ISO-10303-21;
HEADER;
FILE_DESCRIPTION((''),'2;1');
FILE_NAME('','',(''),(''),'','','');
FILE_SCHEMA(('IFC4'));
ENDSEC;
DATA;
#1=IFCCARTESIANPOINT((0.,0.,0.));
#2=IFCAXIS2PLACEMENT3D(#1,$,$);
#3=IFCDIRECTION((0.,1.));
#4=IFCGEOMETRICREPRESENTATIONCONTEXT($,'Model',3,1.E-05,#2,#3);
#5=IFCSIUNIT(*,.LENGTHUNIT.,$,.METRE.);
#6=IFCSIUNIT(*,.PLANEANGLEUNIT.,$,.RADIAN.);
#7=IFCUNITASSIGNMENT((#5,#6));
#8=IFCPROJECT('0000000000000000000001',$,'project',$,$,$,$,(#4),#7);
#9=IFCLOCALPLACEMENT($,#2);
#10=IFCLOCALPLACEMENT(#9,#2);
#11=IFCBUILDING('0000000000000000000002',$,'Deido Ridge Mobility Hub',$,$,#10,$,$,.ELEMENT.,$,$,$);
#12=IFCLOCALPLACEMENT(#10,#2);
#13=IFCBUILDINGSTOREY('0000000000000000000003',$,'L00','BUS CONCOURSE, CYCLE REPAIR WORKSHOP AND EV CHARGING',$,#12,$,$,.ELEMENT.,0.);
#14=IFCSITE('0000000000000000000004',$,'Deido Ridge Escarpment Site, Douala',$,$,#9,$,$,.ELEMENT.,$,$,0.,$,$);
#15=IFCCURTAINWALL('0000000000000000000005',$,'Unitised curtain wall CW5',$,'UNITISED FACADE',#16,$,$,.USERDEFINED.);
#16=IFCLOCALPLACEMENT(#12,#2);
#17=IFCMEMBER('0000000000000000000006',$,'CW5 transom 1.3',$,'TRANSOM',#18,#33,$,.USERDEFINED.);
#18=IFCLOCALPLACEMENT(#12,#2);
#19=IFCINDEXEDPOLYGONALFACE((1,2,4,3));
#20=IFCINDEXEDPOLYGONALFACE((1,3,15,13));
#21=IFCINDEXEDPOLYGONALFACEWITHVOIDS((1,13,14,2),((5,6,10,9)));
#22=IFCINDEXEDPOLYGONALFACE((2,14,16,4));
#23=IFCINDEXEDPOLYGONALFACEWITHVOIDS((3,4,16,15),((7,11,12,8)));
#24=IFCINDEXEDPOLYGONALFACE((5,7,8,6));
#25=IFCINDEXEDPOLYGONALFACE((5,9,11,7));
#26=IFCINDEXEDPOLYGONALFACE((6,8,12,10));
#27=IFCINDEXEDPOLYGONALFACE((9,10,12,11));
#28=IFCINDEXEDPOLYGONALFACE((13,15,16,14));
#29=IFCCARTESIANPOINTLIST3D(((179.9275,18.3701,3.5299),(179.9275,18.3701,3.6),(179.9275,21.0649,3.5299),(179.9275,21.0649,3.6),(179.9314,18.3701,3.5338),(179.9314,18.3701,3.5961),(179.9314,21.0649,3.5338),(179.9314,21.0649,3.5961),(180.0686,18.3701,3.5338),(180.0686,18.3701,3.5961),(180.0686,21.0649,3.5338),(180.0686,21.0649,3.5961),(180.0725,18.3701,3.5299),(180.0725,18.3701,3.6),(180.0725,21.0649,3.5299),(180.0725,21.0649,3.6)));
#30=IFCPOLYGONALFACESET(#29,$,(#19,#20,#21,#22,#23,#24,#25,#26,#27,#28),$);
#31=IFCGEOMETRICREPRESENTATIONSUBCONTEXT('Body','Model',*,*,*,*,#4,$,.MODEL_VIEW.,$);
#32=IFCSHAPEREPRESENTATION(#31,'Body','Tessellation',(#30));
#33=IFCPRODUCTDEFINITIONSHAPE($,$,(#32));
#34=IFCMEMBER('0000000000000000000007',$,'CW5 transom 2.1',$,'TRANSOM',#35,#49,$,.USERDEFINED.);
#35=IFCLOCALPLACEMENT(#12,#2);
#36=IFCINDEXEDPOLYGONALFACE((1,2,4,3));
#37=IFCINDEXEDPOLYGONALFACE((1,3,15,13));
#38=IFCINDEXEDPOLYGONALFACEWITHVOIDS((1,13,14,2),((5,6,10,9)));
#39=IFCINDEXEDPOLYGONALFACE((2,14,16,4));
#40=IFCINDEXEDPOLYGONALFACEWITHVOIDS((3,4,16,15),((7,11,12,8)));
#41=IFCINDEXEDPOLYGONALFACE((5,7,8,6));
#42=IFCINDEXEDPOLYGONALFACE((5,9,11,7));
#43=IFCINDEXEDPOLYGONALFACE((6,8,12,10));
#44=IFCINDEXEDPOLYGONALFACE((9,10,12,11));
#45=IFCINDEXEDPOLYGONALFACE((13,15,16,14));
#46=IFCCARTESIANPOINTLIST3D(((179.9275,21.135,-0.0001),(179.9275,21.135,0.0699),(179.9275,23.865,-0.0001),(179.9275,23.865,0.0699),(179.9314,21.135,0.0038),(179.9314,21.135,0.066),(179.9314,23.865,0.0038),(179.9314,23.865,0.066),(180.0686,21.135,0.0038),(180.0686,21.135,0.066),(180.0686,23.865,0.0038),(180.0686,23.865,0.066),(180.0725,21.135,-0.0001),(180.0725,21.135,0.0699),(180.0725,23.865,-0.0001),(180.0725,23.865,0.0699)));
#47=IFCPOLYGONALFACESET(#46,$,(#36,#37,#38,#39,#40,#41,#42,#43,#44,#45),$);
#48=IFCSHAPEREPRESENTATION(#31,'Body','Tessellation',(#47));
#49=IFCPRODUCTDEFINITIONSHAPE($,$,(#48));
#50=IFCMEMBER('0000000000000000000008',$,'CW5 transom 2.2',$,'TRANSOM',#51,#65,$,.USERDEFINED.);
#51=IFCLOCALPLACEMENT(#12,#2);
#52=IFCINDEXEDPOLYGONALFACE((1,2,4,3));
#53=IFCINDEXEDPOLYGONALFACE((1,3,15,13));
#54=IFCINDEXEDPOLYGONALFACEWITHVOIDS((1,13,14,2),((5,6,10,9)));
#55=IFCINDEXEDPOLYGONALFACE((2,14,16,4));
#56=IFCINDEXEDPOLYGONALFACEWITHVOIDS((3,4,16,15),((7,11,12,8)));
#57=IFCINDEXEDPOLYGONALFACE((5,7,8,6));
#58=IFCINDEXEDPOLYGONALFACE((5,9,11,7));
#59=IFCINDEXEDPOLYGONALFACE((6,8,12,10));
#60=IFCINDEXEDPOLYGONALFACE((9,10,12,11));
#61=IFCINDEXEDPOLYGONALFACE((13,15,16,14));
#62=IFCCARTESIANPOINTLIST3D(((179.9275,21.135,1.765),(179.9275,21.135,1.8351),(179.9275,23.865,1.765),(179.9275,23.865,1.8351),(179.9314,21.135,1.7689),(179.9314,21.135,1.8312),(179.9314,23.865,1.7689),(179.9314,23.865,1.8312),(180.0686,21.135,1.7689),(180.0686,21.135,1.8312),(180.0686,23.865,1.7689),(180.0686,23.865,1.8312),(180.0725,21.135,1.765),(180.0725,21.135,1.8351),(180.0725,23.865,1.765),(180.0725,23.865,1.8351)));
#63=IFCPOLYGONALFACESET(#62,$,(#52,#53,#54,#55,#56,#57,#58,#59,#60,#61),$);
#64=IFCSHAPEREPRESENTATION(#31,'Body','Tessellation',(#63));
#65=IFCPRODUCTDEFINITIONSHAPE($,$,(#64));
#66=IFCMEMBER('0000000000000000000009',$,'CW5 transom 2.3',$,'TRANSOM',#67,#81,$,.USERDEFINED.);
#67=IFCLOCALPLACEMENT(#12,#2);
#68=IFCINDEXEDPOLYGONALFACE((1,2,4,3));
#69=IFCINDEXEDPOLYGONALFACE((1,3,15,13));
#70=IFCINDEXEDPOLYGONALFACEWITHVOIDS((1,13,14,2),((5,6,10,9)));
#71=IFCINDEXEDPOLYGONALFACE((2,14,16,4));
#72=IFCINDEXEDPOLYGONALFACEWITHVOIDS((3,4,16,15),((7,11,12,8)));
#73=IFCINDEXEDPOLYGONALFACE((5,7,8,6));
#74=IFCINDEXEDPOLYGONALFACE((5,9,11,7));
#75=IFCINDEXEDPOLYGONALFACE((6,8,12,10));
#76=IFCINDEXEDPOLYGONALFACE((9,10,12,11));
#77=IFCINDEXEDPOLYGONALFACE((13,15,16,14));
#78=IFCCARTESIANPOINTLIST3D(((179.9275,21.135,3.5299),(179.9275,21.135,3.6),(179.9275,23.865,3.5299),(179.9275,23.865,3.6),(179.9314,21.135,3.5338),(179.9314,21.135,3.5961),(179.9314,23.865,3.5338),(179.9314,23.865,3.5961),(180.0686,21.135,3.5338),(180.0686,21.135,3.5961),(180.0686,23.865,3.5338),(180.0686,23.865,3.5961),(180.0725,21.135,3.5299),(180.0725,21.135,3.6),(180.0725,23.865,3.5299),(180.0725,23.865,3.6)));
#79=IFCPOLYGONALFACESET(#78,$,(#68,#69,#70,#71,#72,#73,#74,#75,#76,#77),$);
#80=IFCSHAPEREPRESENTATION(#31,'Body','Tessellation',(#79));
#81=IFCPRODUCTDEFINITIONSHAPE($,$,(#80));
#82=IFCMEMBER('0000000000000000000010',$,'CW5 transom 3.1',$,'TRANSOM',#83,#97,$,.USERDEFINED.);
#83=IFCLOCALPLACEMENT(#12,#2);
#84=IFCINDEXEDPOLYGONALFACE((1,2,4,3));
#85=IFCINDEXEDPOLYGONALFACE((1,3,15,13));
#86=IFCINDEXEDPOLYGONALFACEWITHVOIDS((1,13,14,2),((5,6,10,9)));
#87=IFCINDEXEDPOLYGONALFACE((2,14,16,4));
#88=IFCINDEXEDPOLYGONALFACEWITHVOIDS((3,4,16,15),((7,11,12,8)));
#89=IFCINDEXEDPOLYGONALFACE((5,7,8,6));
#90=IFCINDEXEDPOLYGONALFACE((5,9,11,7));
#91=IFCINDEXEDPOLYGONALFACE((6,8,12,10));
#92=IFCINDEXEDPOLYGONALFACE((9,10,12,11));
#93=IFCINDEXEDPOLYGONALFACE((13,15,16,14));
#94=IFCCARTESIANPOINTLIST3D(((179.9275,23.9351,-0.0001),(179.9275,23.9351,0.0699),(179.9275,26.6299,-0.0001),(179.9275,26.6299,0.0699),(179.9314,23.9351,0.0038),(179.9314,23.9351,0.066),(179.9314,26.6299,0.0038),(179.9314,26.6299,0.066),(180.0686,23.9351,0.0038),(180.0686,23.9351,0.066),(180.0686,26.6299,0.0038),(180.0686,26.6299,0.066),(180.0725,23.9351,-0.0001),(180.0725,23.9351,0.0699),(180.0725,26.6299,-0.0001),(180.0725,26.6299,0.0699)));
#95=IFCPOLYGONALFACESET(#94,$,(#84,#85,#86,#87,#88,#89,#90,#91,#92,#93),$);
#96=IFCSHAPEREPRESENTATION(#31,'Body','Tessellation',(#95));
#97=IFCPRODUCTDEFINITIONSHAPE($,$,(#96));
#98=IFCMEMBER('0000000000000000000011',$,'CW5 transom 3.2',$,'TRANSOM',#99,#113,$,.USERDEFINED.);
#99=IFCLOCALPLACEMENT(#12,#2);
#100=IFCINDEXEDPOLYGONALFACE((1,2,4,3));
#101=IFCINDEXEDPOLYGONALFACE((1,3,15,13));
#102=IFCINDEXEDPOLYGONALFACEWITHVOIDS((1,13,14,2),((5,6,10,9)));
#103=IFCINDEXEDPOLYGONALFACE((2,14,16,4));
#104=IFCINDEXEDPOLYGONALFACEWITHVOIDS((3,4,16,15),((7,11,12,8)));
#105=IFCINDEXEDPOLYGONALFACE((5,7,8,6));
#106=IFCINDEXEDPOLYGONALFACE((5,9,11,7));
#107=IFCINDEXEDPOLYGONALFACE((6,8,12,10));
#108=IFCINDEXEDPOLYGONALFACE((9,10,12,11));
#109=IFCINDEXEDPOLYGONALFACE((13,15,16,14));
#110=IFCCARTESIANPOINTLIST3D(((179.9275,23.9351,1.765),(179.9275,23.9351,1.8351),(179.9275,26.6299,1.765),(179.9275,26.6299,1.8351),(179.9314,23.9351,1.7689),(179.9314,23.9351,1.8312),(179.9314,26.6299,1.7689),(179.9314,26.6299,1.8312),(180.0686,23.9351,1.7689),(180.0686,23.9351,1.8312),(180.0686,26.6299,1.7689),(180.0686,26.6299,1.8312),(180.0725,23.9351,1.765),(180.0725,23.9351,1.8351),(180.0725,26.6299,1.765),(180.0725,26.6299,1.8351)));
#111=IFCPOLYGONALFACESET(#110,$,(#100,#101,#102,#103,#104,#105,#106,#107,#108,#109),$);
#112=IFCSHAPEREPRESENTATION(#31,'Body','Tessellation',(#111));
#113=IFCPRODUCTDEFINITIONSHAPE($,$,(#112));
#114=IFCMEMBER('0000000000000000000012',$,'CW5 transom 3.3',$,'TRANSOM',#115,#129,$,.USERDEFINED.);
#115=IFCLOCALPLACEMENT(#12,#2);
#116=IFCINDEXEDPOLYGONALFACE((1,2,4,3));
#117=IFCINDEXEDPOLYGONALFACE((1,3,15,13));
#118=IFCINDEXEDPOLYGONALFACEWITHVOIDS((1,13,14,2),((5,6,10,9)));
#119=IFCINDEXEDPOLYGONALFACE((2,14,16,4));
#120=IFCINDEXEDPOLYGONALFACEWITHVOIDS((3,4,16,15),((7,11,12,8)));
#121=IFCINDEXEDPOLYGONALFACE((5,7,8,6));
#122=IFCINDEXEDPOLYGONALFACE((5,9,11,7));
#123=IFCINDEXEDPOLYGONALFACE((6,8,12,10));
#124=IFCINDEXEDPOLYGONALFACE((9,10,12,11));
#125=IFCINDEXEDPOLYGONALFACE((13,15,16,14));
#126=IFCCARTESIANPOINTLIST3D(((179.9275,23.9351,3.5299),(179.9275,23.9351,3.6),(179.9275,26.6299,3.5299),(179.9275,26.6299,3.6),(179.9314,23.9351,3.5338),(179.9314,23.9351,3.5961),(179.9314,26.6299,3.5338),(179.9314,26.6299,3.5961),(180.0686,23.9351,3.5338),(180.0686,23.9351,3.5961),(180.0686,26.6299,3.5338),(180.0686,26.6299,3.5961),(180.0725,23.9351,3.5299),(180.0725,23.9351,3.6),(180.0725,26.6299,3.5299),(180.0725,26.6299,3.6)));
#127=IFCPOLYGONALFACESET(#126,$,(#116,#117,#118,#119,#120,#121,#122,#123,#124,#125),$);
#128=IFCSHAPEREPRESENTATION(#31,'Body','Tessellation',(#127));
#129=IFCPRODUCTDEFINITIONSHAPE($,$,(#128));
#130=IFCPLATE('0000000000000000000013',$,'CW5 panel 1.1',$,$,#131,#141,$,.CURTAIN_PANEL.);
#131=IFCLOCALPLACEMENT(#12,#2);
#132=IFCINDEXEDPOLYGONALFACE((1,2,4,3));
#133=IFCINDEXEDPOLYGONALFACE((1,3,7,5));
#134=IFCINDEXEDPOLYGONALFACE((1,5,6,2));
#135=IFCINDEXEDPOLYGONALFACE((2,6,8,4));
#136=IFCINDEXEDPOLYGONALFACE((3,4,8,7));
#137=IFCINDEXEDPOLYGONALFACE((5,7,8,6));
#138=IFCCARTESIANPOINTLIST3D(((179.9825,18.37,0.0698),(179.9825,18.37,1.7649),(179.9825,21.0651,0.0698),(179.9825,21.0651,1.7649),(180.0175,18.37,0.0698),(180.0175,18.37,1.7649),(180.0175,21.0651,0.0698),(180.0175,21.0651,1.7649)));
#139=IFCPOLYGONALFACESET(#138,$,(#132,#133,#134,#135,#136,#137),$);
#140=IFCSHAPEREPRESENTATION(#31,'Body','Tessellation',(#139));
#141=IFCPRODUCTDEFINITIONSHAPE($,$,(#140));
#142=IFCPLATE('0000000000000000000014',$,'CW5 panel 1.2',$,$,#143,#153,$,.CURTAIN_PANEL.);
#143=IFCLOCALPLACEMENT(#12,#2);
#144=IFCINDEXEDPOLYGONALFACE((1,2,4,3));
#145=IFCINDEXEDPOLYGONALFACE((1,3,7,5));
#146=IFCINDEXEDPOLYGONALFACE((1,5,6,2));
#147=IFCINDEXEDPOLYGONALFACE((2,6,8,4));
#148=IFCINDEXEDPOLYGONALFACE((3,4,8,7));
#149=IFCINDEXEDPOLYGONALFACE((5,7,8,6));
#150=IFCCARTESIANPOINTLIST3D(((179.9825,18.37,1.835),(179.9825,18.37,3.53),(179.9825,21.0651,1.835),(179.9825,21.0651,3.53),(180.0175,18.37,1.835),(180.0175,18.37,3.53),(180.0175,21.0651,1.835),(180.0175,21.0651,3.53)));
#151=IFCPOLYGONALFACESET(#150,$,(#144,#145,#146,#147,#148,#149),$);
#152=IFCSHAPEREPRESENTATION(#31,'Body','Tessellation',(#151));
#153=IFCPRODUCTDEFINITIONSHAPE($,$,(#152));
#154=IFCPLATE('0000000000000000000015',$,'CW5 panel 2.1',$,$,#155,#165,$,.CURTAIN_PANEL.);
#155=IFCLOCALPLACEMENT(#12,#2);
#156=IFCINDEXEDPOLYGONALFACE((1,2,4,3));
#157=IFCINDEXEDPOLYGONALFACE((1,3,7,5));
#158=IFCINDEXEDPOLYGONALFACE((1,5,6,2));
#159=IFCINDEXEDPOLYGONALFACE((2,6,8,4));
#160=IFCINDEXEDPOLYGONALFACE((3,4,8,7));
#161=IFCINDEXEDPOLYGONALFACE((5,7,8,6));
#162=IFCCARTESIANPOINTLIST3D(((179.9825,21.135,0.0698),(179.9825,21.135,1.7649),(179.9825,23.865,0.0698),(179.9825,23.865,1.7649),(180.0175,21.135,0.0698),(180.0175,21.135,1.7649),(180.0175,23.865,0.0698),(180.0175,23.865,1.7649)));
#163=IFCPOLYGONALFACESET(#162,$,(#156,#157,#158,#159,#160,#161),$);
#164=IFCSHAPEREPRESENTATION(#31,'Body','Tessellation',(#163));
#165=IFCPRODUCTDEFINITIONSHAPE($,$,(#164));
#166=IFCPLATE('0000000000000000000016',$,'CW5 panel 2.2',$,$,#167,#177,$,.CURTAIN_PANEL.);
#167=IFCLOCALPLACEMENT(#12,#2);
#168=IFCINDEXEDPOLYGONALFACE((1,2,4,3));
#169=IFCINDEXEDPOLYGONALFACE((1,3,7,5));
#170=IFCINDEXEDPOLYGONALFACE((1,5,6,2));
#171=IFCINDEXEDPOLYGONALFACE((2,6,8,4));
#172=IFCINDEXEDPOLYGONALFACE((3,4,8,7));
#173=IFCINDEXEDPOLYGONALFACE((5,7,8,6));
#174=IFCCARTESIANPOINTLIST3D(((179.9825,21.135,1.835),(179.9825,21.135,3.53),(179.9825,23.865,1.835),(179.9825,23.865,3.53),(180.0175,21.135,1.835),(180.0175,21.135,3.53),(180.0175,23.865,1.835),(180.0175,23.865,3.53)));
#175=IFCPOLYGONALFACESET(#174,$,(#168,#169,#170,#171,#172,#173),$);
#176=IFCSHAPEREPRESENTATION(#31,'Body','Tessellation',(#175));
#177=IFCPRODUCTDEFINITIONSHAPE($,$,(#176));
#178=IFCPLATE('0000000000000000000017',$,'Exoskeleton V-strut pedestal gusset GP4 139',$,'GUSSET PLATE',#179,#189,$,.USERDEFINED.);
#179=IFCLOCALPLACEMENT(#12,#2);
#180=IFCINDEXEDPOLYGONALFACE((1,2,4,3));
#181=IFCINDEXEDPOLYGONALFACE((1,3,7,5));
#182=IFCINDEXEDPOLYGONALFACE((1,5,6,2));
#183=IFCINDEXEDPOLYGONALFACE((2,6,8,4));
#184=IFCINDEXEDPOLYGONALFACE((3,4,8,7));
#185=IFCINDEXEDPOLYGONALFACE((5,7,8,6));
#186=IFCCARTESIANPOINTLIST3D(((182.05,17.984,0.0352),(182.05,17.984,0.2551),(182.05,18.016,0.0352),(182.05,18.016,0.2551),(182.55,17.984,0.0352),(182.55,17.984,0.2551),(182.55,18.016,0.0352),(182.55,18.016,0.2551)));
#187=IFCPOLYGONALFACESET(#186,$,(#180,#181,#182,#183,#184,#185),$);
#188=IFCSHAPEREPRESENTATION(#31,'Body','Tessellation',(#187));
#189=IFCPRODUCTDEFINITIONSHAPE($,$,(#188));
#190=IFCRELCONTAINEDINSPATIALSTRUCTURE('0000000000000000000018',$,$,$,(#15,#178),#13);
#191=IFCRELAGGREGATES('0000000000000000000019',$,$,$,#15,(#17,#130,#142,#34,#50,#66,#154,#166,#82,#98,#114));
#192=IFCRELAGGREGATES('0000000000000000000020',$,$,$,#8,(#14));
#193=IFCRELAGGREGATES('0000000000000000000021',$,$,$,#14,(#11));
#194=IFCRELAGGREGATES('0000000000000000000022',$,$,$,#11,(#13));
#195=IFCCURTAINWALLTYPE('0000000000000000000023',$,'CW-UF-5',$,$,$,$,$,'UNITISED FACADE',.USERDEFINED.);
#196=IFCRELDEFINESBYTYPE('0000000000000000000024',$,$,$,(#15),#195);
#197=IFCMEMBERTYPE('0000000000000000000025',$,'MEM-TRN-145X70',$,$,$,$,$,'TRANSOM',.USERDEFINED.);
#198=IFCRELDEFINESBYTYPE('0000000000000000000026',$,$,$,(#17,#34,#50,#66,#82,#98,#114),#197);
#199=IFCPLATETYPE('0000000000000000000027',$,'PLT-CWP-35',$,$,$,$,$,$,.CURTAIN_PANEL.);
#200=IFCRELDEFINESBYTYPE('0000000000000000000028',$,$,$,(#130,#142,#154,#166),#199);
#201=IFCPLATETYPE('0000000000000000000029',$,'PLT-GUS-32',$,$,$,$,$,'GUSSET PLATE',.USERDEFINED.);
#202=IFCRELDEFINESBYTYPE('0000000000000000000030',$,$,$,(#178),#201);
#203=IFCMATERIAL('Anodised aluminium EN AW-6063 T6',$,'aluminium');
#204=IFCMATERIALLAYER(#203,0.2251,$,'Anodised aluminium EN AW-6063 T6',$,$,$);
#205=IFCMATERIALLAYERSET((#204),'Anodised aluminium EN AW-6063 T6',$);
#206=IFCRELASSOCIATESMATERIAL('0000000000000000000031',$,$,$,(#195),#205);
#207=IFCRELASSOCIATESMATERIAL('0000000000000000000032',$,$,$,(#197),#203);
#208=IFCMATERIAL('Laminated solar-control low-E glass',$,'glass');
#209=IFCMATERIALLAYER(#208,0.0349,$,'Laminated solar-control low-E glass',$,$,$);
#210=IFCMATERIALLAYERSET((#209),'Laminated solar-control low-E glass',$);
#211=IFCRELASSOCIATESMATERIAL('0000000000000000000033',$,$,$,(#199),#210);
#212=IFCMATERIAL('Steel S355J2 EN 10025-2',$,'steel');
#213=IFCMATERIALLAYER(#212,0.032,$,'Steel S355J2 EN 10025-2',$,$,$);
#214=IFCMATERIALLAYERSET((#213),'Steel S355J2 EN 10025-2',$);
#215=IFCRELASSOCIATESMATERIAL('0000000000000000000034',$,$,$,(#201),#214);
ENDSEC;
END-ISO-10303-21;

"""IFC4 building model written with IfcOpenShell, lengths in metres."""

from ifc_helpers import new_model, si_unit, direction, frame, origin, origin_2d, place, context, subcontext, project, spatial, rectangle, hollow_rectangle, extrude, material, layer, layer_set, material_profile, profile_set, type_object, element, aggregate, save


model = new_model("IFC4")

# Units and contexts
model_context = context("Model", 3, precision=1e-05, world=origin(), true_north=direction((0.0, 1.0)))
body_context = subcontext(model_context, "Body", "Model", "MODEL_VIEW")
ifc_project = project(units=[si_unit("LENGTHUNIT", "METRE"), si_unit("PLANEANGLEUNIT", "RADIAN")], contexts=[model_context])

# Site, building, storey
site_placement = place(None, origin())
site = spatial("IfcSite", under=ifc_project, at=site_placement, Name="Deido Ridge Escarpment Site, Douala", CompositionType="ELEMENT", RefElevation=0.0)
building_placement = place(site_placement, origin())
building = spatial("IfcBuilding", under=site, at=building_placement, Name="Deido Ridge Mobility Hub", CompositionType="ELEMENT")
storey_placement = place(building_placement, origin())
storey = spatial("IfcBuildingStorey", under=building, at=storey_placement, Name="L00", Description="BUS CONCOURSE, CYCLE REPAIR WORKSHOP AND EV CHARGING", CompositionType="ELEMENT", Elevation=0.0)

# Curtain wall, members, plates
ifc_material_1 = material(Name="Anodised aluminium EN AW-6063 T6", Category="aluminium")
ifc_layer_1 = layer(ifc_material_1, 0.2251, Name="Anodised aluminium EN AW-6063 T6")
ifc_layer_set_1 = layer_set([ifc_layer_1], Name="Anodised aluminium EN AW-6063 T6")
curtain_wall_type = type_object("IfcCurtainWallType", Name="CW-UF-5", ElementType="UNITISED FACADE", PredefinedType="USERDEFINED", material=ifc_layer_set_1)
curtain_wall_placement = place(storey_placement, origin())
curtain_wall = element("IfcCurtainWall", 1, at=curtain_wall_placement, inside=storey, type_object=curtain_wall_type, Name="Unitised curtain wall CW5", ObjectType="UNITISED FACADE", PredefinedType="USERDEFINED")
ifc_material_profile_1 = material_profile(ifc_material_1, hollow_rectangle(XDim=0.145, YDim=0.0701, WallThickness=0.0039, at=origin_2d()), Name="RHS 145x70x4")
ifc_profile_set_1 = profile_set([ifc_material_profile_1], Name="Anodised aluminium EN AW-6063 T6")
member_type_1 = type_object("IfcMemberType", Name="MEM-TRN-145X70", ElementType="TRANSOM", PredefinedType="USERDEFINED", material=ifc_profile_set_1)
member_1_placement = place(storey_placement, frame((180.0, 18.3701, 3.5649), z_axis=(0.0, 1.0, 0.0), x_axis=(-1.0, 0.0, 0.0)))
member_1 = element("IfcMember", 2, at=member_1_placement, type_object=member_type_1, Name="CW5 transom 1.3", ObjectType="TRANSOM", PredefinedType="USERDEFINED", context=body_context, shape_type="SweptSolid", body=[
    extrude(hollow_rectangle(XDim=0.145, YDim=0.0701, WallThickness=0.0039, at=origin_2d()), origin(), (0.0, 0.0, 1.0), 2.6948),
])
member_2_placement = place(storey_placement, frame((180.0, 21.135, 0.0349), z_axis=(0.0, 1.0, 0.0), x_axis=(-1.0, 0.0, 0.0)))
member_2 = element("IfcMember", 3, at=member_2_placement, type_object=member_type_1, Name="CW5 transom 2.1", ObjectType="TRANSOM", PredefinedType="USERDEFINED", context=body_context, shape_type="SweptSolid", body=[
    extrude(hollow_rectangle(XDim=0.145, YDim=0.0701, WallThickness=0.0039, at=origin_2d()), origin(), (0.0, 0.0, 1.0), 2.73),
])
member_3_placement = place(storey_placement, frame((180.0, 21.135, 1.8), z_axis=(0.0, 1.0, 0.0), x_axis=(-1.0, 0.0, 0.0)))
member_3 = element("IfcMember", 4, at=member_3_placement, type_object=member_type_1, Name="CW5 transom 2.2", ObjectType="TRANSOM", PredefinedType="USERDEFINED", context=body_context, shape_type="SweptSolid", body=[
    extrude(hollow_rectangle(XDim=0.145, YDim=0.0701, WallThickness=0.0039, at=origin_2d()), origin(), (0.0, 0.0, 1.0), 2.73),
])
member_4_placement = place(storey_placement, frame((180.0, 21.135, 3.5649), z_axis=(0.0, 1.0, 0.0), x_axis=(-1.0, 0.0, 0.0)))
member_4 = element("IfcMember", 5, at=member_4_placement, type_object=member_type_1, Name="CW5 transom 2.3", ObjectType="TRANSOM", PredefinedType="USERDEFINED", context=body_context, shape_type="SweptSolid", body=[
    extrude(hollow_rectangle(XDim=0.145, YDim=0.0701, WallThickness=0.0039, at=origin_2d()), origin(), (0.0, 0.0, 1.0), 2.73),
])
member_5_placement = place(storey_placement, frame((180.0, 23.9351, 0.0349), z_axis=(0.0, 1.0, 0.0), x_axis=(-1.0, 0.0, 0.0)))
member_5 = element("IfcMember", 6, at=member_5_placement, type_object=member_type_1, Name="CW5 transom 3.1", ObjectType="TRANSOM", PredefinedType="USERDEFINED", context=body_context, shape_type="SweptSolid", body=[
    extrude(hollow_rectangle(XDim=0.145, YDim=0.0701, WallThickness=0.0039, at=origin_2d()), origin(), (0.0, 0.0, 1.0), 2.6948),
])
member_6_placement = place(storey_placement, frame((180.0, 23.9351, 1.8), z_axis=(0.0, 1.0, 0.0), x_axis=(-1.0, 0.0, 0.0)))
member_6 = element("IfcMember", 7, at=member_6_placement, type_object=member_type_1, Name="CW5 transom 3.2", ObjectType="TRANSOM", PredefinedType="USERDEFINED", context=body_context, shape_type="SweptSolid", body=[
    extrude(hollow_rectangle(XDim=0.145, YDim=0.0701, WallThickness=0.0039, at=origin_2d()), origin(), (0.0, 0.0, 1.0), 2.6948),
])
member_7_placement = place(storey_placement, frame((180.0, 23.9351, 3.5649), z_axis=(0.0, 1.0, 0.0), x_axis=(-1.0, 0.0, 0.0)))
member_7 = element("IfcMember", 8, at=member_7_placement, type_object=member_type_1, Name="CW5 transom 3.3", ObjectType="TRANSOM", PredefinedType="USERDEFINED", context=body_context, shape_type="SweptSolid", body=[
    extrude(hollow_rectangle(XDim=0.145, YDim=0.0701, WallThickness=0.0039, at=origin_2d()), origin(), (0.0, 0.0, 1.0), 2.6948),
])
ifc_material_2 = material(Name="Laminated solar-control low-E glass", Category="glass")
ifc_layer_2 = layer(ifc_material_2, 0.0349, Name="Laminated solar-control low-E glass")
ifc_layer_set_2 = layer_set([ifc_layer_2], Name="Laminated solar-control low-E glass")
plate_type_1 = type_object("IfcPlateType", Name="PLT-CWP-35", PredefinedType="CURTAIN_PANEL", material=ifc_layer_set_2)
plate_1_placement = place(storey_placement, frame((180.0, 19.7175, 0.0698), z_axis=(0.0, 0.0, 1.0), x_axis=(0.0, 1.0, 0.0)))
plate_1 = element("IfcPlate", 9, at=plate_1_placement, type_object=plate_type_1, Name="CW5 panel 1.1", PredefinedType="CURTAIN_PANEL", context=body_context, shape_type="SweptSolid", body=[
    extrude(rectangle(XDim=2.6951, YDim=0.0349, at=origin_2d()), origin(), (0.0, 0.0, 1.0), 1.6951),
])
plate_2_placement = place(storey_placement, frame((180.0, 19.7175, 1.835), z_axis=(0.0, 0.0, 1.0), x_axis=(0.0, 1.0, 0.0)))
plate_2 = element("IfcPlate", 10, at=plate_2_placement, type_object=plate_type_1, Name="CW5 panel 1.2", PredefinedType="CURTAIN_PANEL", context=body_context, shape_type="SweptSolid", body=[
    extrude(rectangle(XDim=2.6951, YDim=0.0349, at=origin_2d()), origin(), (0.0, 0.0, 1.0), 1.6951),
])
plate_3_placement = place(storey_placement, frame((180.0, 22.5, 0.0698), z_axis=(0.0, 0.0, 1.0), x_axis=(0.0, 1.0, 0.0)))
plate_3 = element("IfcPlate", 11, at=plate_3_placement, type_object=plate_type_1, Name="CW5 panel 2.1", PredefinedType="CURTAIN_PANEL", context=body_context, shape_type="SweptSolid", body=[
    extrude(rectangle(XDim=2.73, YDim=0.0349, at=origin_2d()), origin(), (0.0, 0.0, 1.0), 1.6951),
])
plate_4_placement = place(storey_placement, frame((180.0, 22.5, 1.835), z_axis=(0.0, 0.0, 1.0), x_axis=(0.0, 1.0, 0.0)))
plate_4 = element("IfcPlate", 12, at=plate_4_placement, type_object=plate_type_1, Name="CW5 panel 2.2", PredefinedType="CURTAIN_PANEL", context=body_context, shape_type="SweptSolid", body=[
    extrude(rectangle(XDim=2.73, YDim=0.0349, at=origin_2d()), origin(), (0.0, 0.0, 1.0), 1.6951),
])
aggregate(curtain_wall, [member_1, plate_1, plate_2, member_2, member_3, member_4, plate_3, plate_4, member_5, member_6, member_7])

# Plate
ifc_material_3 = material(Name="Steel S355J2 EN 10025-2", Category="steel")
ifc_layer_3 = layer(ifc_material_3, 0.032, Name="Steel S355J2 EN 10025-2")
ifc_layer_set_3 = layer_set([ifc_layer_3], Name="Steel S355J2 EN 10025-2")
plate_type_2 = type_object("IfcPlateType", Name="PLT-GUS-32", ElementType="GUSSET PLATE", PredefinedType="USERDEFINED", material=ifc_layer_set_3)
plate_5_placement = place(storey_placement, frame((182.3, 18.0, 0.0352), z_axis=(0.0, 0.0, 1.0), x_axis=(1.0, 0.0, 0.0)))
element("IfcPlate", 13, at=plate_5_placement, inside=storey, type_object=plate_type_2, Name="Exoskeleton V-strut pedestal gusset GP4 139", ObjectType="GUSSET PLATE", PredefinedType="USERDEFINED", context=body_context, shape_type="SweptSolid", body=[
    extrude(rectangle(XDim=0.5, YDim=0.032, at=origin_2d()), origin(), (0.0, 0.0, 1.0), 0.22),
])

save(model, "model.ifc")
